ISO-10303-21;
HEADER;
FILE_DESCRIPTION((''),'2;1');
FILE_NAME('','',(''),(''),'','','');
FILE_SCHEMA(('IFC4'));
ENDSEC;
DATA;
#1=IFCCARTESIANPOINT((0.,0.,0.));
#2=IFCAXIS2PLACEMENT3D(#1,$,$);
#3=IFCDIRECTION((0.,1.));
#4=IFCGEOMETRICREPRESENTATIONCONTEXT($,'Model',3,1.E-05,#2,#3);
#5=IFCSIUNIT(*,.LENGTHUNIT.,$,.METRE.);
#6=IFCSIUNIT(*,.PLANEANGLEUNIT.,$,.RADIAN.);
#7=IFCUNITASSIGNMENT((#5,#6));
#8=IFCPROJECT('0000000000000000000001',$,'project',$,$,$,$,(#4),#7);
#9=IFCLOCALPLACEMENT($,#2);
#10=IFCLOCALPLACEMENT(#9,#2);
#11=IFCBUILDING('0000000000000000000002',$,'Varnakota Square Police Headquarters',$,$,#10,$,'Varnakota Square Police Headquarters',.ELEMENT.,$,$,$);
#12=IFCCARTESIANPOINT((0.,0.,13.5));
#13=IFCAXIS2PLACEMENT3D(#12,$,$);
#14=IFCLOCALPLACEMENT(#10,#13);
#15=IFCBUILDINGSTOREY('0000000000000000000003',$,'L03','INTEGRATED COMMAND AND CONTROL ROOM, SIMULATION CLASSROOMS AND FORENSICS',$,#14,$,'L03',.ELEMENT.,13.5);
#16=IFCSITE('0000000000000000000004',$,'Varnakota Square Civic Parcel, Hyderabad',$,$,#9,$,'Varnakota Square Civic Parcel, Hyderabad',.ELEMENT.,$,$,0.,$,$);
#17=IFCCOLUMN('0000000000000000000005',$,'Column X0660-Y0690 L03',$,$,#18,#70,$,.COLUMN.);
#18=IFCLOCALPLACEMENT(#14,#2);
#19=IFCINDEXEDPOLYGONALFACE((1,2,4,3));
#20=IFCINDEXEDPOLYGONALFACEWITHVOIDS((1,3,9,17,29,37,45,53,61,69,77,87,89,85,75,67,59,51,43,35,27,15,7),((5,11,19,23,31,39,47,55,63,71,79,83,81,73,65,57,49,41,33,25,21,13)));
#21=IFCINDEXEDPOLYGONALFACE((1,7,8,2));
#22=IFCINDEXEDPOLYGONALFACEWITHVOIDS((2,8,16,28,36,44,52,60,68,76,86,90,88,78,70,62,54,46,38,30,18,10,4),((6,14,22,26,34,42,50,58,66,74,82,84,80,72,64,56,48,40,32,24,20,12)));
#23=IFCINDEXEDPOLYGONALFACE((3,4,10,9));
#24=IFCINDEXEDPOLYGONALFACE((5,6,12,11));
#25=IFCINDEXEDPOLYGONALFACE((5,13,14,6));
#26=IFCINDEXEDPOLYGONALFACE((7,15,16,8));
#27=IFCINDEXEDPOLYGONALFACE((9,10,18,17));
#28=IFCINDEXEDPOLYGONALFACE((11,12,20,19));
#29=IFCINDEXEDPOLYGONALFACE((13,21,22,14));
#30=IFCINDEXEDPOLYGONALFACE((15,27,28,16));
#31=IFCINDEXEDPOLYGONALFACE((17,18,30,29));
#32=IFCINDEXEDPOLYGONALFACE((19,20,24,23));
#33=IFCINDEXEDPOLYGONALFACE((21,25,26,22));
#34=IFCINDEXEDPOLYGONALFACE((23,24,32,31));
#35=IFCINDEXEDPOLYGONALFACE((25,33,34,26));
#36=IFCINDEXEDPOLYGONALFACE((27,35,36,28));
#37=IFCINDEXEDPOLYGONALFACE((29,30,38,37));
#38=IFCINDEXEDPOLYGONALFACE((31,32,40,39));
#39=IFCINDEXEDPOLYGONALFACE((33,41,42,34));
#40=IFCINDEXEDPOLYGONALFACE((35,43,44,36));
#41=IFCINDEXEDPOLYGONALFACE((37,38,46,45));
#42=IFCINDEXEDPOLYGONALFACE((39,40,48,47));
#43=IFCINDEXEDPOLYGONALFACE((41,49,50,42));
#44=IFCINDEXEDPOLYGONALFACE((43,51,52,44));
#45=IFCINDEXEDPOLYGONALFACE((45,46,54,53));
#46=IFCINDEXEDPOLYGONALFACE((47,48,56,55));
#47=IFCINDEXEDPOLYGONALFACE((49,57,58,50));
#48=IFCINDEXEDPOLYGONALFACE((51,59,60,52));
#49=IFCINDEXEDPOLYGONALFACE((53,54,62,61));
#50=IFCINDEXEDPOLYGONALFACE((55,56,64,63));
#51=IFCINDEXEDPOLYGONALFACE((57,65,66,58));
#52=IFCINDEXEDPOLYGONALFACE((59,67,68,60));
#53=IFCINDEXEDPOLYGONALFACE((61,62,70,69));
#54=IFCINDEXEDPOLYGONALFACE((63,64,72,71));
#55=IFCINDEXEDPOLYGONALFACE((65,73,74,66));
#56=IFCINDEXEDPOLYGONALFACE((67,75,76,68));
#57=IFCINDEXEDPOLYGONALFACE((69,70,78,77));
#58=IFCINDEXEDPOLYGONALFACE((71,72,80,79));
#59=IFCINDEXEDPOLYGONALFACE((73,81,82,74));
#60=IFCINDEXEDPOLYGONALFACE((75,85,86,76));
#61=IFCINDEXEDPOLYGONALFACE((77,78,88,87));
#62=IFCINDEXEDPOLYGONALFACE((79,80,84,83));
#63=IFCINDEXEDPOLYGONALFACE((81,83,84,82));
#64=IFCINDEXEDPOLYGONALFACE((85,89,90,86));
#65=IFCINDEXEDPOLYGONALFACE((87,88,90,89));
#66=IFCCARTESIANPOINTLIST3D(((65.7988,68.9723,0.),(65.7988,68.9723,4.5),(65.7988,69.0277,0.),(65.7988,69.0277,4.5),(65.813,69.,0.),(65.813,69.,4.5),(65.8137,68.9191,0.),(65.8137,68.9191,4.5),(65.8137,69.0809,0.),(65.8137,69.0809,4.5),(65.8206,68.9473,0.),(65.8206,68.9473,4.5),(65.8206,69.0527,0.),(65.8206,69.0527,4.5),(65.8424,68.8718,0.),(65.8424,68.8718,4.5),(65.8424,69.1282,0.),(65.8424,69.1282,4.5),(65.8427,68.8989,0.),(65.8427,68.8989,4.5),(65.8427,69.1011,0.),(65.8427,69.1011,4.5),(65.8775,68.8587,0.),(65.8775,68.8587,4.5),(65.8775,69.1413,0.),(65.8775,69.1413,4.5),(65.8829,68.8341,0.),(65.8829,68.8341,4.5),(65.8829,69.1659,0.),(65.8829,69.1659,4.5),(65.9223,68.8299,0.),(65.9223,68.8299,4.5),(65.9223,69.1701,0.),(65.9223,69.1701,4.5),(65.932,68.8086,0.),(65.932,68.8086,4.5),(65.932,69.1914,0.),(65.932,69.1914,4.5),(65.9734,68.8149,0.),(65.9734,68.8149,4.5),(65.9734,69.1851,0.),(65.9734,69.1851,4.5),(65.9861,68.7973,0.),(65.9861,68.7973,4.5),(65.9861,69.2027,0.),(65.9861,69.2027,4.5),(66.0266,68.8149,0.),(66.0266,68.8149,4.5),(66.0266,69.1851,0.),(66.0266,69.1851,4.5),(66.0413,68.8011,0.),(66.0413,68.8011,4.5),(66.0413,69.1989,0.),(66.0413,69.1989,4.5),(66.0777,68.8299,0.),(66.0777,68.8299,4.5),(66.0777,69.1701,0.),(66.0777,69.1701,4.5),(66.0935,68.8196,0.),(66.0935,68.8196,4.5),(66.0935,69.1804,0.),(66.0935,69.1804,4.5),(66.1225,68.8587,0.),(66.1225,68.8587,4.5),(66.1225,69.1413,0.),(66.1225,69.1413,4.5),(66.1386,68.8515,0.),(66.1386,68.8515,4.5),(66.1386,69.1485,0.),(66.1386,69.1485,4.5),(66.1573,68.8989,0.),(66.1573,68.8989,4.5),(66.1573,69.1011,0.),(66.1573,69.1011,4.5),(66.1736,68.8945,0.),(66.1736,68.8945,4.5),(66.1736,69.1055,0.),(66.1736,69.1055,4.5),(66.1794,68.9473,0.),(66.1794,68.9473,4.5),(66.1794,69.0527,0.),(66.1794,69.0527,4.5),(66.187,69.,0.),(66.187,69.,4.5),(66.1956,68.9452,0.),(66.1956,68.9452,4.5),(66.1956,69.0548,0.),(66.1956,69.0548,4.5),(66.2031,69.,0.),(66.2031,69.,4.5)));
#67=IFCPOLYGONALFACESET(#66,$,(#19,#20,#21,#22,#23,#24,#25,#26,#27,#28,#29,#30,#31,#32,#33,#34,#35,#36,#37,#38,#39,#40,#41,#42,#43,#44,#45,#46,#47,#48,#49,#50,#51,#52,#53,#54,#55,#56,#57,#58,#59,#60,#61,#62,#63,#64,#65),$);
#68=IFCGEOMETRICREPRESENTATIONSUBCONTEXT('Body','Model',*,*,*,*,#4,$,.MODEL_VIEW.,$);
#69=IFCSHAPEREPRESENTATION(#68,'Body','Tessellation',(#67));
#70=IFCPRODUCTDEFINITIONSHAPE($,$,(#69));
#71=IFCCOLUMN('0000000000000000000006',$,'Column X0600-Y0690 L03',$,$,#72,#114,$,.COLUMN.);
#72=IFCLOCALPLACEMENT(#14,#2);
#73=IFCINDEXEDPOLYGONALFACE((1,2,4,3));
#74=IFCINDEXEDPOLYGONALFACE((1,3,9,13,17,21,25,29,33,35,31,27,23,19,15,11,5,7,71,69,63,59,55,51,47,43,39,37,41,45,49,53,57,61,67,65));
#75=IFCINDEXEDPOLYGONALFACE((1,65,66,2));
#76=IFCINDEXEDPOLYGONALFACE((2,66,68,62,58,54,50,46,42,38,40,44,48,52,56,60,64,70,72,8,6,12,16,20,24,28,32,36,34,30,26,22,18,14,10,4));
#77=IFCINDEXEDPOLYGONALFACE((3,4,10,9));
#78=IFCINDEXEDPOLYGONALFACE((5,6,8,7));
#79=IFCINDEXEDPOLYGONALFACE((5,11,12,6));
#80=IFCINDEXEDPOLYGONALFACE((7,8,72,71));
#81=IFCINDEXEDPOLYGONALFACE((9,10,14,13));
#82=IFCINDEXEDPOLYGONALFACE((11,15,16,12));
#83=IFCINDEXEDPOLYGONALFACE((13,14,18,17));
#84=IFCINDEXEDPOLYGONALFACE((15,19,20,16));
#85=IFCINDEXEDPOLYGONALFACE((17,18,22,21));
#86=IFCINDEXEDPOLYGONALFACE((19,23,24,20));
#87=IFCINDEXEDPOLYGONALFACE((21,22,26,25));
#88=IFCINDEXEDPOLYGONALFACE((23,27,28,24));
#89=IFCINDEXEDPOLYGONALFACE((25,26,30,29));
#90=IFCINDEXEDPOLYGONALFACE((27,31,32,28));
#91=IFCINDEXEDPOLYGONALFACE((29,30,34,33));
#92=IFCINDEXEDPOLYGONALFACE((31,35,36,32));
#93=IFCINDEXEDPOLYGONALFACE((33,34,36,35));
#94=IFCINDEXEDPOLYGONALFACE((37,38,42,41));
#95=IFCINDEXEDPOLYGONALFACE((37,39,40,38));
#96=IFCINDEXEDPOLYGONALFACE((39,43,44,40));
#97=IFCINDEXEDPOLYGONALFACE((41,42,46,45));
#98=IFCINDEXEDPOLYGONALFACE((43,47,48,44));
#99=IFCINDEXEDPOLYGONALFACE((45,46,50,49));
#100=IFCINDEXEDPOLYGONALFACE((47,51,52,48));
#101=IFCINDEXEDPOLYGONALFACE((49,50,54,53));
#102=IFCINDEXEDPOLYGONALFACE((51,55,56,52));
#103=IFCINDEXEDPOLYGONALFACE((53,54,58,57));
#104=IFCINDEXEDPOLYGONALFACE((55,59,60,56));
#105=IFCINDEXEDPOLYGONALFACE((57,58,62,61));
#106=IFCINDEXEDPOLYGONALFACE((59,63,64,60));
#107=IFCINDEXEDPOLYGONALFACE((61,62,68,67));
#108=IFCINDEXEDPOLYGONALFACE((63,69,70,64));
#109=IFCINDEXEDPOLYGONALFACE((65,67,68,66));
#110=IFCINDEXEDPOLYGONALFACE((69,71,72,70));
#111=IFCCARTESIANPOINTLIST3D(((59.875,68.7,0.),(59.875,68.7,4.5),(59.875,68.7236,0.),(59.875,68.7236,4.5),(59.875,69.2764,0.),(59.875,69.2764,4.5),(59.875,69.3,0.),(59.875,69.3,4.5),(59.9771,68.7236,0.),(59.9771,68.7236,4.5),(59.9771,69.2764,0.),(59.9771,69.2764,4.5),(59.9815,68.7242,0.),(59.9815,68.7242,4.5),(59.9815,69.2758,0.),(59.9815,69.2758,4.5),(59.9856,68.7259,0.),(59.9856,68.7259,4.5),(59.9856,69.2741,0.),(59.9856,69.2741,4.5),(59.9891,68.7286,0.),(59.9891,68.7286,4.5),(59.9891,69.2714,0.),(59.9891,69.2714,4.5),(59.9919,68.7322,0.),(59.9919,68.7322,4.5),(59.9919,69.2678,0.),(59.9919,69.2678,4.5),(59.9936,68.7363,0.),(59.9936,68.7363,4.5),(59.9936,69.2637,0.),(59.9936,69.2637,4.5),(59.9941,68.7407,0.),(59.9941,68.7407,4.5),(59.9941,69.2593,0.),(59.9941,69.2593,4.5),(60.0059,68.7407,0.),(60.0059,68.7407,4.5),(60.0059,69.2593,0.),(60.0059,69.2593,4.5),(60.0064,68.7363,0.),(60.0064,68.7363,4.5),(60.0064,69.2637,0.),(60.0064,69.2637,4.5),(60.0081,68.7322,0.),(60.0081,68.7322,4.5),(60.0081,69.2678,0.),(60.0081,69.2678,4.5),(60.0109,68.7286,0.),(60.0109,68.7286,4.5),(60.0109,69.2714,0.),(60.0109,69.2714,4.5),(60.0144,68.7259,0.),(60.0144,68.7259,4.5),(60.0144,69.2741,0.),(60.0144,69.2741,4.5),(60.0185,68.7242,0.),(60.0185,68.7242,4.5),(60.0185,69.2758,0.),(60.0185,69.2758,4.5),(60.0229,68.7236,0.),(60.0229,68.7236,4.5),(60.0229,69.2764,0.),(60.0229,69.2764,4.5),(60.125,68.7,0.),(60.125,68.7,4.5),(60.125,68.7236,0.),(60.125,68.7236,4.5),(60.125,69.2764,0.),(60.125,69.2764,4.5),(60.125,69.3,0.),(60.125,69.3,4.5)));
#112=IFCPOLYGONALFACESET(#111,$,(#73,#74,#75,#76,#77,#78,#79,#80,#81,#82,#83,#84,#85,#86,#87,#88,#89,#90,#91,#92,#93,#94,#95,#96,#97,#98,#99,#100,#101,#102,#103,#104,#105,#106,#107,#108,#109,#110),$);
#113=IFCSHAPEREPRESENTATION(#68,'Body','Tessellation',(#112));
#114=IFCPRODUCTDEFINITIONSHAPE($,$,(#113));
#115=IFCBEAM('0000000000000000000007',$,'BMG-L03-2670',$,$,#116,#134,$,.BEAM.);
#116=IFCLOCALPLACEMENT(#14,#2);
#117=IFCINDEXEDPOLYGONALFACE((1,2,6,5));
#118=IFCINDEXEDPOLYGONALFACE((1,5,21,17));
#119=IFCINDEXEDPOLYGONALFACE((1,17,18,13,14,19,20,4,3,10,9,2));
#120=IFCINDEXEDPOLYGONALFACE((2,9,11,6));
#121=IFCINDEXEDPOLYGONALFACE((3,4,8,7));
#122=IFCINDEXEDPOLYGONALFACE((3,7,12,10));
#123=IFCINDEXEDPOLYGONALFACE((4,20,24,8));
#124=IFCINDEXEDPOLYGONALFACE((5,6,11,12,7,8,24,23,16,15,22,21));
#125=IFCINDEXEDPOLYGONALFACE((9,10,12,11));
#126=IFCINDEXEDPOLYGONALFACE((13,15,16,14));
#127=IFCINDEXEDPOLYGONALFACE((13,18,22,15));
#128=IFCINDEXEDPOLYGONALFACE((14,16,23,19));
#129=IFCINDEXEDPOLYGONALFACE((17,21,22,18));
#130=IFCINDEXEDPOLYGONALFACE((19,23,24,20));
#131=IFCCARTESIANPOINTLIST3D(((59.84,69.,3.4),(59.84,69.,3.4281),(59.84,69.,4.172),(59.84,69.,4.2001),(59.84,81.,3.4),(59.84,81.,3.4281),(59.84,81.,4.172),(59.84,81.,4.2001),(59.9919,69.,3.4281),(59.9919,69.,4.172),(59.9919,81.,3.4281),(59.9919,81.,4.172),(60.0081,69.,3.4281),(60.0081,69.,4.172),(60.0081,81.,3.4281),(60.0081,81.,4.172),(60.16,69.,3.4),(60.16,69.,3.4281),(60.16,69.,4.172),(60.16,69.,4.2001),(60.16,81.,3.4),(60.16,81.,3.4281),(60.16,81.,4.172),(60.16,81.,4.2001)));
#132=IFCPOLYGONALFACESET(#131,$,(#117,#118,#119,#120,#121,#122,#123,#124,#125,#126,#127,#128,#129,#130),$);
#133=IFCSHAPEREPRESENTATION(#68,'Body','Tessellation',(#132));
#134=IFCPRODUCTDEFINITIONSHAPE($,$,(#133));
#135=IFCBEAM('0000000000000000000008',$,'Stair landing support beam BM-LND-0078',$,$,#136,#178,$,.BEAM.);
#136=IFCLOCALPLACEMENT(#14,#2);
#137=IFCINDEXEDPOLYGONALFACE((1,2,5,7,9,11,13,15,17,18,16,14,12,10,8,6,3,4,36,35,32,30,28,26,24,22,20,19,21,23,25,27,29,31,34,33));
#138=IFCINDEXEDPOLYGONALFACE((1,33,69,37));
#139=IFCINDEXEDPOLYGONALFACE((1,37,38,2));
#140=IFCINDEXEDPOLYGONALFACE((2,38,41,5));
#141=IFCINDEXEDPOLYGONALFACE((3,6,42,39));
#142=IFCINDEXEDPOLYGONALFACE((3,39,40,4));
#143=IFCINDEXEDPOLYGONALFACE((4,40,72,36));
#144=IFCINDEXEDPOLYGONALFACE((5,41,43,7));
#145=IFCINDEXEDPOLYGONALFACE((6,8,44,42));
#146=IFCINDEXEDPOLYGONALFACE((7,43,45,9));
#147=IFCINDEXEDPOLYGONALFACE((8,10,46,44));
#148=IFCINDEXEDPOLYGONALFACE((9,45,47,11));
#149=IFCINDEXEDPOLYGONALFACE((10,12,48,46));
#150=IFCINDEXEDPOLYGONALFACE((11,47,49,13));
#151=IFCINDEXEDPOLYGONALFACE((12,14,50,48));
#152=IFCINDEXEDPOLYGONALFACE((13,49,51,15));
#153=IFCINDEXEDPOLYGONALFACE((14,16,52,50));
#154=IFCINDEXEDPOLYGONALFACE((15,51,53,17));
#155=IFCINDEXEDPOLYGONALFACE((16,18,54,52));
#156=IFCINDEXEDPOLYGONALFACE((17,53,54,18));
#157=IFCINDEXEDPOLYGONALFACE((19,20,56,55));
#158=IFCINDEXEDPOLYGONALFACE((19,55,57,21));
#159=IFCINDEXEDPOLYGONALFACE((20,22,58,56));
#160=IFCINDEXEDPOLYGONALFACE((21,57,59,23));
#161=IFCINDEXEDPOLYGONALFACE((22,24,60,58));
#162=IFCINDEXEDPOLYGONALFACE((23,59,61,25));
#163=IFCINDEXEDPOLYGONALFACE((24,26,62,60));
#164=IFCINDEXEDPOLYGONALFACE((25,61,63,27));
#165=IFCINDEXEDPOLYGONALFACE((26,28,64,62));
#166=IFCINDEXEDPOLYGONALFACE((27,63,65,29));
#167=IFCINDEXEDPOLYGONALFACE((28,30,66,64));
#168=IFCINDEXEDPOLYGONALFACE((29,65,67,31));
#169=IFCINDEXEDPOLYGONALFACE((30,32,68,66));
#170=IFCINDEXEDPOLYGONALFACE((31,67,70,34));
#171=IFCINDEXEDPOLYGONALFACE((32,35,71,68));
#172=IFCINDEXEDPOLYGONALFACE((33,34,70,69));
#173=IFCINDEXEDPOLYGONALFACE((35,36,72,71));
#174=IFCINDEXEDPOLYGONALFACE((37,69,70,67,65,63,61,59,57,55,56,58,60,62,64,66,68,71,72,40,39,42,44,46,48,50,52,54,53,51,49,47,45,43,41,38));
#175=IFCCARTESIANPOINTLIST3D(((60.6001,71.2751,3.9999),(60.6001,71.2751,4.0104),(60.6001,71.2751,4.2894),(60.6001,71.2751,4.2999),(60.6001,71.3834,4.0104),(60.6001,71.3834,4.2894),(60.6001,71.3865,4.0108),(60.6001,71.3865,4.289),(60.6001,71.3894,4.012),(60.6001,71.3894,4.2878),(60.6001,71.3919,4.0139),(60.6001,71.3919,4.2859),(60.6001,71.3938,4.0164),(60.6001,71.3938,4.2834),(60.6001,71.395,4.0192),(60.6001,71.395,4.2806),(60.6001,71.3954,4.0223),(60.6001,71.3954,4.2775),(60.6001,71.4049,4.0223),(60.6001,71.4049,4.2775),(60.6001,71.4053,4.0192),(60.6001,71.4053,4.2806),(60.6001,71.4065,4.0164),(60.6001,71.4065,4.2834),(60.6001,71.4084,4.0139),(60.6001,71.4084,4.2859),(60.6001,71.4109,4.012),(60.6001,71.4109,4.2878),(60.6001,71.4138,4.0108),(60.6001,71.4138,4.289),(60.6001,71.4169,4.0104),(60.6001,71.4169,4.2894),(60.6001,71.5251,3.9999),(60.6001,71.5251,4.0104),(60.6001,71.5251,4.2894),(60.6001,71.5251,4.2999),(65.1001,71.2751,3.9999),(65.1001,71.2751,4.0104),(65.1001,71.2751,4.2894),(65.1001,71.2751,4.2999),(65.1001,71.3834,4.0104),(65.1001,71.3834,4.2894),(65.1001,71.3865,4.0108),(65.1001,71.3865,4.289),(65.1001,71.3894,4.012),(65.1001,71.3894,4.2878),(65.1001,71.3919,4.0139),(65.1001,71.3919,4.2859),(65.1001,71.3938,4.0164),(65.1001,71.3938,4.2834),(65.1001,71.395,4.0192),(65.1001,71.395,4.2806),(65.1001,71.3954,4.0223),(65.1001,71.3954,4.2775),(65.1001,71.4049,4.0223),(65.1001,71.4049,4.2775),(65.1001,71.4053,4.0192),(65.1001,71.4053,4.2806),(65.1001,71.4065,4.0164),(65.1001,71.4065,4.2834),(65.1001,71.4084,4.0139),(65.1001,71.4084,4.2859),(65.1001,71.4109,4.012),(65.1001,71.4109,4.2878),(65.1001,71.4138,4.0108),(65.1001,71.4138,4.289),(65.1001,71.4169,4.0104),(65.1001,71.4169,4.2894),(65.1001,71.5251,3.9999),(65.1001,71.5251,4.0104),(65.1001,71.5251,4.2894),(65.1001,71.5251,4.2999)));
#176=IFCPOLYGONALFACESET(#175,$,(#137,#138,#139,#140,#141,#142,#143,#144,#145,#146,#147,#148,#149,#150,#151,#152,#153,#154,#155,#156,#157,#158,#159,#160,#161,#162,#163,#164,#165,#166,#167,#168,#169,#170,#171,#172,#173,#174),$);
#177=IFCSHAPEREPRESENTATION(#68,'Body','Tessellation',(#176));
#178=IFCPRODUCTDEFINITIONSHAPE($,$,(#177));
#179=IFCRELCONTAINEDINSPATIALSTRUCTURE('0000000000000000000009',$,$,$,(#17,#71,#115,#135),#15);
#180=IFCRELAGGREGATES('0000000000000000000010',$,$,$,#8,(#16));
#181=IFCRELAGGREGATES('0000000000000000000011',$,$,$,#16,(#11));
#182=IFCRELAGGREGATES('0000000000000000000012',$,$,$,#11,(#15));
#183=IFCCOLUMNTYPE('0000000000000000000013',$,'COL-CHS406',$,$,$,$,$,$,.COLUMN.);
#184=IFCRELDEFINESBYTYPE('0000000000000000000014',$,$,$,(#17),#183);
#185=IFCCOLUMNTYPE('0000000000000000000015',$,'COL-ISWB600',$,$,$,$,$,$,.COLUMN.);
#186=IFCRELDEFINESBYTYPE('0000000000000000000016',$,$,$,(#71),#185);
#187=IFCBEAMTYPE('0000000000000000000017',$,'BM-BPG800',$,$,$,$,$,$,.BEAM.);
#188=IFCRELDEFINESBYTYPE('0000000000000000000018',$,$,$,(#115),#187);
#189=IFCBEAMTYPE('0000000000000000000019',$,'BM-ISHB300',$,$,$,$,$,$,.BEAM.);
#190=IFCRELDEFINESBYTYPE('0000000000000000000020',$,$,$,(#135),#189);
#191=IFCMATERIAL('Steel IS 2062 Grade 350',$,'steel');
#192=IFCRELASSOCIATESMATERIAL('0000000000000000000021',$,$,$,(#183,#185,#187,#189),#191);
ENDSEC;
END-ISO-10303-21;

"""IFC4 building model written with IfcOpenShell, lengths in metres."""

from ifc_helpers import new_model, si_unit, direction, frame, origin, origin_2d, place, context, subcontext, project, spatial, hollow_circle, i_section, extrude, material, material_profile, profile_set, type_object, element, save


model = new_model("IFC4")

# Units and contexts
model_context = context("Model", 3, precision=1e-05, world=origin(), true_north=direction((0.0, 1.0)))
body_context = subcontext(model_context, "Body", "Model", "MODEL_VIEW")
ifc_project = project(units=[si_unit("LENGTHUNIT", "METRE"), si_unit("PLANEANGLEUNIT", "RADIAN")], contexts=[model_context])

# Site, building, storey
site_placement = place(None, origin())
site = spatial("IfcSite", under=ifc_project, at=site_placement, Name="Varnakota Square Civic Parcel, Hyderabad", LongName="Varnakota Square Civic Parcel, Hyderabad", CompositionType="ELEMENT", RefElevation=0.0)
building_placement = place(site_placement, origin())
building = spatial("IfcBuilding", under=site, at=building_placement, Name="Varnakota Square Police Headquarters", LongName="Varnakota Square Police Headquarters", CompositionType="ELEMENT")
storey_placement = place(building_placement, frame((0.0, 0.0, 13.5)))
storey = spatial("IfcBuildingStorey", under=building, at=storey_placement, Name="L03", Description="INTEGRATED COMMAND AND CONTROL ROOM, SIMULATION CLASSROOMS AND FORENSICS", LongName="L03", CompositionType="ELEMENT", Elevation=13.5)

# Columns
ifc_material_1 = material(Name="Steel IS 2062 Grade 350", Category="steel")
ifc_material_profile_1 = material_profile(ifc_material_1, hollow_circle(Radius=0.2031, WallThickness=0.0161, at=origin_2d()), Name="CHS 406.4x16.0")
ifc_profile_set_1 = profile_set([ifc_material_profile_1], Name="Steel IS 2062 Grade 350")
column_type_1 = type_object("IfcColumnType", Name="COL-CHS406", PredefinedType="COLUMN", material=ifc_profile_set_1)
column_1_placement = place(storey_placement, frame((66.0, 69.0, 0.0), z_axis=(0.0, 0.0, 1.0), x_axis=(1.0, 0.0, 0.0)))
element("IfcColumn", 1, at=column_1_placement, inside=storey, type_object=column_type_1, Name="Column X0660-Y0690 L03", PredefinedType="COLUMN", context=body_context, shape_type="SweptSolid", body=[
    extrude(hollow_circle(Radius=0.2031, WallThickness=0.0161, at=origin_2d()), origin(), (0.0, 0.0, 1.0), 4.5),
])
ifc_material_profile_2 = material_profile(ifc_material_1, i_section(OverallWidth=0.25, OverallDepth=0.6001, WebThickness=0.0117, FlangeThickness=0.0237, FilletRadius=0.0171, at=origin_2d()), Name="ISWB 600")
ifc_profile_set_2 = profile_set([ifc_material_profile_2], Name="Steel IS 2062 Grade 350")
column_type_2 = type_object("IfcColumnType", Name="COL-ISWB600", PredefinedType="COLUMN", material=ifc_profile_set_2)
column_2_placement = place(storey_placement, frame((60.0, 69.0, 0.0), z_axis=(0.0, 0.0, 1.0), x_axis=(1.0, 0.0, 0.0)))
element("IfcColumn", 2, at=column_2_placement, inside=storey, type_object=column_type_2, Name="Column X0600-Y0690 L03", PredefinedType="COLUMN", context=body_context, shape_type="SweptSolid", body=[
    extrude(i_section(OverallWidth=0.25, OverallDepth=0.6001, WebThickness=0.0117, FlangeThickness=0.0237, FilletRadius=0.0171, at=origin_2d()), origin(), (0.0, 0.0, 1.0), 4.5),
])

# Beams
ifc_material_profile_3 = material_profile(ifc_material_1, i_section(OverallWidth=0.3201, OverallDepth=0.8, WebThickness=0.0161, FlangeThickness=0.0281, at=origin_2d()), Name="BPG 800x320")
ifc_profile_set_3 = profile_set([ifc_material_profile_3], Name="Steel IS 2062 Grade 350")
beam_type_1 = type_object("IfcBeamType", Name="BM-BPG800", PredefinedType="BEAM", material=ifc_profile_set_3)
beam_1_placement = place(storey_placement, frame((60.0, 69.0, 3.8), z_axis=(0.0, 1.0, 0.0), x_axis=(-1.0, 0.0, 0.0)))
element("IfcBeam", 3, at=beam_1_placement, inside=storey, type_object=beam_type_1, Name="BMG-L03-2670", PredefinedType="BEAM", context=body_context, shape_type="SweptSolid", body=[
    extrude(i_section(OverallWidth=0.3201, OverallDepth=0.8, WebThickness=0.0161, FlangeThickness=0.0281, at=origin_2d()), origin(), (0.0, 0.0, 1.0), 12.0),
])
ifc_material_profile_4 = material_profile(ifc_material_1, i_section(OverallWidth=0.25, OverallDepth=0.3, WebThickness=0.0095, FlangeThickness=0.0105, FilletRadius=0.012, at=origin_2d()), Name="ISHB 300")
ifc_profile_set_4 = profile_set([ifc_material_profile_4], Name="Steel IS 2062 Grade 350")
beam_type_2 = type_object("IfcBeamType", Name="BM-ISHB300", PredefinedType="BEAM", material=ifc_profile_set_4)
beam_2_placement = place(storey_placement, frame((60.6001, 71.4001, 4.1499), z_axis=(1.0, 0.0, 0.0), x_axis=(0.0, 1.0, 0.0)))
element("IfcBeam", 4, at=beam_2_placement, inside=storey, type_object=beam_type_2, Name="Stair landing support beam BM-LND-0078", PredefinedType="BEAM", context=body_context, shape_type="SweptSolid", body=[
    extrude(i_section(OverallWidth=0.25, OverallDepth=0.3, WebThickness=0.0095, FlangeThickness=0.0105, FilletRadius=0.012, at=origin_2d()), origin(), (0.0, 0.0, 1.0), 4.5),
])

save(model, "model.ifc")
